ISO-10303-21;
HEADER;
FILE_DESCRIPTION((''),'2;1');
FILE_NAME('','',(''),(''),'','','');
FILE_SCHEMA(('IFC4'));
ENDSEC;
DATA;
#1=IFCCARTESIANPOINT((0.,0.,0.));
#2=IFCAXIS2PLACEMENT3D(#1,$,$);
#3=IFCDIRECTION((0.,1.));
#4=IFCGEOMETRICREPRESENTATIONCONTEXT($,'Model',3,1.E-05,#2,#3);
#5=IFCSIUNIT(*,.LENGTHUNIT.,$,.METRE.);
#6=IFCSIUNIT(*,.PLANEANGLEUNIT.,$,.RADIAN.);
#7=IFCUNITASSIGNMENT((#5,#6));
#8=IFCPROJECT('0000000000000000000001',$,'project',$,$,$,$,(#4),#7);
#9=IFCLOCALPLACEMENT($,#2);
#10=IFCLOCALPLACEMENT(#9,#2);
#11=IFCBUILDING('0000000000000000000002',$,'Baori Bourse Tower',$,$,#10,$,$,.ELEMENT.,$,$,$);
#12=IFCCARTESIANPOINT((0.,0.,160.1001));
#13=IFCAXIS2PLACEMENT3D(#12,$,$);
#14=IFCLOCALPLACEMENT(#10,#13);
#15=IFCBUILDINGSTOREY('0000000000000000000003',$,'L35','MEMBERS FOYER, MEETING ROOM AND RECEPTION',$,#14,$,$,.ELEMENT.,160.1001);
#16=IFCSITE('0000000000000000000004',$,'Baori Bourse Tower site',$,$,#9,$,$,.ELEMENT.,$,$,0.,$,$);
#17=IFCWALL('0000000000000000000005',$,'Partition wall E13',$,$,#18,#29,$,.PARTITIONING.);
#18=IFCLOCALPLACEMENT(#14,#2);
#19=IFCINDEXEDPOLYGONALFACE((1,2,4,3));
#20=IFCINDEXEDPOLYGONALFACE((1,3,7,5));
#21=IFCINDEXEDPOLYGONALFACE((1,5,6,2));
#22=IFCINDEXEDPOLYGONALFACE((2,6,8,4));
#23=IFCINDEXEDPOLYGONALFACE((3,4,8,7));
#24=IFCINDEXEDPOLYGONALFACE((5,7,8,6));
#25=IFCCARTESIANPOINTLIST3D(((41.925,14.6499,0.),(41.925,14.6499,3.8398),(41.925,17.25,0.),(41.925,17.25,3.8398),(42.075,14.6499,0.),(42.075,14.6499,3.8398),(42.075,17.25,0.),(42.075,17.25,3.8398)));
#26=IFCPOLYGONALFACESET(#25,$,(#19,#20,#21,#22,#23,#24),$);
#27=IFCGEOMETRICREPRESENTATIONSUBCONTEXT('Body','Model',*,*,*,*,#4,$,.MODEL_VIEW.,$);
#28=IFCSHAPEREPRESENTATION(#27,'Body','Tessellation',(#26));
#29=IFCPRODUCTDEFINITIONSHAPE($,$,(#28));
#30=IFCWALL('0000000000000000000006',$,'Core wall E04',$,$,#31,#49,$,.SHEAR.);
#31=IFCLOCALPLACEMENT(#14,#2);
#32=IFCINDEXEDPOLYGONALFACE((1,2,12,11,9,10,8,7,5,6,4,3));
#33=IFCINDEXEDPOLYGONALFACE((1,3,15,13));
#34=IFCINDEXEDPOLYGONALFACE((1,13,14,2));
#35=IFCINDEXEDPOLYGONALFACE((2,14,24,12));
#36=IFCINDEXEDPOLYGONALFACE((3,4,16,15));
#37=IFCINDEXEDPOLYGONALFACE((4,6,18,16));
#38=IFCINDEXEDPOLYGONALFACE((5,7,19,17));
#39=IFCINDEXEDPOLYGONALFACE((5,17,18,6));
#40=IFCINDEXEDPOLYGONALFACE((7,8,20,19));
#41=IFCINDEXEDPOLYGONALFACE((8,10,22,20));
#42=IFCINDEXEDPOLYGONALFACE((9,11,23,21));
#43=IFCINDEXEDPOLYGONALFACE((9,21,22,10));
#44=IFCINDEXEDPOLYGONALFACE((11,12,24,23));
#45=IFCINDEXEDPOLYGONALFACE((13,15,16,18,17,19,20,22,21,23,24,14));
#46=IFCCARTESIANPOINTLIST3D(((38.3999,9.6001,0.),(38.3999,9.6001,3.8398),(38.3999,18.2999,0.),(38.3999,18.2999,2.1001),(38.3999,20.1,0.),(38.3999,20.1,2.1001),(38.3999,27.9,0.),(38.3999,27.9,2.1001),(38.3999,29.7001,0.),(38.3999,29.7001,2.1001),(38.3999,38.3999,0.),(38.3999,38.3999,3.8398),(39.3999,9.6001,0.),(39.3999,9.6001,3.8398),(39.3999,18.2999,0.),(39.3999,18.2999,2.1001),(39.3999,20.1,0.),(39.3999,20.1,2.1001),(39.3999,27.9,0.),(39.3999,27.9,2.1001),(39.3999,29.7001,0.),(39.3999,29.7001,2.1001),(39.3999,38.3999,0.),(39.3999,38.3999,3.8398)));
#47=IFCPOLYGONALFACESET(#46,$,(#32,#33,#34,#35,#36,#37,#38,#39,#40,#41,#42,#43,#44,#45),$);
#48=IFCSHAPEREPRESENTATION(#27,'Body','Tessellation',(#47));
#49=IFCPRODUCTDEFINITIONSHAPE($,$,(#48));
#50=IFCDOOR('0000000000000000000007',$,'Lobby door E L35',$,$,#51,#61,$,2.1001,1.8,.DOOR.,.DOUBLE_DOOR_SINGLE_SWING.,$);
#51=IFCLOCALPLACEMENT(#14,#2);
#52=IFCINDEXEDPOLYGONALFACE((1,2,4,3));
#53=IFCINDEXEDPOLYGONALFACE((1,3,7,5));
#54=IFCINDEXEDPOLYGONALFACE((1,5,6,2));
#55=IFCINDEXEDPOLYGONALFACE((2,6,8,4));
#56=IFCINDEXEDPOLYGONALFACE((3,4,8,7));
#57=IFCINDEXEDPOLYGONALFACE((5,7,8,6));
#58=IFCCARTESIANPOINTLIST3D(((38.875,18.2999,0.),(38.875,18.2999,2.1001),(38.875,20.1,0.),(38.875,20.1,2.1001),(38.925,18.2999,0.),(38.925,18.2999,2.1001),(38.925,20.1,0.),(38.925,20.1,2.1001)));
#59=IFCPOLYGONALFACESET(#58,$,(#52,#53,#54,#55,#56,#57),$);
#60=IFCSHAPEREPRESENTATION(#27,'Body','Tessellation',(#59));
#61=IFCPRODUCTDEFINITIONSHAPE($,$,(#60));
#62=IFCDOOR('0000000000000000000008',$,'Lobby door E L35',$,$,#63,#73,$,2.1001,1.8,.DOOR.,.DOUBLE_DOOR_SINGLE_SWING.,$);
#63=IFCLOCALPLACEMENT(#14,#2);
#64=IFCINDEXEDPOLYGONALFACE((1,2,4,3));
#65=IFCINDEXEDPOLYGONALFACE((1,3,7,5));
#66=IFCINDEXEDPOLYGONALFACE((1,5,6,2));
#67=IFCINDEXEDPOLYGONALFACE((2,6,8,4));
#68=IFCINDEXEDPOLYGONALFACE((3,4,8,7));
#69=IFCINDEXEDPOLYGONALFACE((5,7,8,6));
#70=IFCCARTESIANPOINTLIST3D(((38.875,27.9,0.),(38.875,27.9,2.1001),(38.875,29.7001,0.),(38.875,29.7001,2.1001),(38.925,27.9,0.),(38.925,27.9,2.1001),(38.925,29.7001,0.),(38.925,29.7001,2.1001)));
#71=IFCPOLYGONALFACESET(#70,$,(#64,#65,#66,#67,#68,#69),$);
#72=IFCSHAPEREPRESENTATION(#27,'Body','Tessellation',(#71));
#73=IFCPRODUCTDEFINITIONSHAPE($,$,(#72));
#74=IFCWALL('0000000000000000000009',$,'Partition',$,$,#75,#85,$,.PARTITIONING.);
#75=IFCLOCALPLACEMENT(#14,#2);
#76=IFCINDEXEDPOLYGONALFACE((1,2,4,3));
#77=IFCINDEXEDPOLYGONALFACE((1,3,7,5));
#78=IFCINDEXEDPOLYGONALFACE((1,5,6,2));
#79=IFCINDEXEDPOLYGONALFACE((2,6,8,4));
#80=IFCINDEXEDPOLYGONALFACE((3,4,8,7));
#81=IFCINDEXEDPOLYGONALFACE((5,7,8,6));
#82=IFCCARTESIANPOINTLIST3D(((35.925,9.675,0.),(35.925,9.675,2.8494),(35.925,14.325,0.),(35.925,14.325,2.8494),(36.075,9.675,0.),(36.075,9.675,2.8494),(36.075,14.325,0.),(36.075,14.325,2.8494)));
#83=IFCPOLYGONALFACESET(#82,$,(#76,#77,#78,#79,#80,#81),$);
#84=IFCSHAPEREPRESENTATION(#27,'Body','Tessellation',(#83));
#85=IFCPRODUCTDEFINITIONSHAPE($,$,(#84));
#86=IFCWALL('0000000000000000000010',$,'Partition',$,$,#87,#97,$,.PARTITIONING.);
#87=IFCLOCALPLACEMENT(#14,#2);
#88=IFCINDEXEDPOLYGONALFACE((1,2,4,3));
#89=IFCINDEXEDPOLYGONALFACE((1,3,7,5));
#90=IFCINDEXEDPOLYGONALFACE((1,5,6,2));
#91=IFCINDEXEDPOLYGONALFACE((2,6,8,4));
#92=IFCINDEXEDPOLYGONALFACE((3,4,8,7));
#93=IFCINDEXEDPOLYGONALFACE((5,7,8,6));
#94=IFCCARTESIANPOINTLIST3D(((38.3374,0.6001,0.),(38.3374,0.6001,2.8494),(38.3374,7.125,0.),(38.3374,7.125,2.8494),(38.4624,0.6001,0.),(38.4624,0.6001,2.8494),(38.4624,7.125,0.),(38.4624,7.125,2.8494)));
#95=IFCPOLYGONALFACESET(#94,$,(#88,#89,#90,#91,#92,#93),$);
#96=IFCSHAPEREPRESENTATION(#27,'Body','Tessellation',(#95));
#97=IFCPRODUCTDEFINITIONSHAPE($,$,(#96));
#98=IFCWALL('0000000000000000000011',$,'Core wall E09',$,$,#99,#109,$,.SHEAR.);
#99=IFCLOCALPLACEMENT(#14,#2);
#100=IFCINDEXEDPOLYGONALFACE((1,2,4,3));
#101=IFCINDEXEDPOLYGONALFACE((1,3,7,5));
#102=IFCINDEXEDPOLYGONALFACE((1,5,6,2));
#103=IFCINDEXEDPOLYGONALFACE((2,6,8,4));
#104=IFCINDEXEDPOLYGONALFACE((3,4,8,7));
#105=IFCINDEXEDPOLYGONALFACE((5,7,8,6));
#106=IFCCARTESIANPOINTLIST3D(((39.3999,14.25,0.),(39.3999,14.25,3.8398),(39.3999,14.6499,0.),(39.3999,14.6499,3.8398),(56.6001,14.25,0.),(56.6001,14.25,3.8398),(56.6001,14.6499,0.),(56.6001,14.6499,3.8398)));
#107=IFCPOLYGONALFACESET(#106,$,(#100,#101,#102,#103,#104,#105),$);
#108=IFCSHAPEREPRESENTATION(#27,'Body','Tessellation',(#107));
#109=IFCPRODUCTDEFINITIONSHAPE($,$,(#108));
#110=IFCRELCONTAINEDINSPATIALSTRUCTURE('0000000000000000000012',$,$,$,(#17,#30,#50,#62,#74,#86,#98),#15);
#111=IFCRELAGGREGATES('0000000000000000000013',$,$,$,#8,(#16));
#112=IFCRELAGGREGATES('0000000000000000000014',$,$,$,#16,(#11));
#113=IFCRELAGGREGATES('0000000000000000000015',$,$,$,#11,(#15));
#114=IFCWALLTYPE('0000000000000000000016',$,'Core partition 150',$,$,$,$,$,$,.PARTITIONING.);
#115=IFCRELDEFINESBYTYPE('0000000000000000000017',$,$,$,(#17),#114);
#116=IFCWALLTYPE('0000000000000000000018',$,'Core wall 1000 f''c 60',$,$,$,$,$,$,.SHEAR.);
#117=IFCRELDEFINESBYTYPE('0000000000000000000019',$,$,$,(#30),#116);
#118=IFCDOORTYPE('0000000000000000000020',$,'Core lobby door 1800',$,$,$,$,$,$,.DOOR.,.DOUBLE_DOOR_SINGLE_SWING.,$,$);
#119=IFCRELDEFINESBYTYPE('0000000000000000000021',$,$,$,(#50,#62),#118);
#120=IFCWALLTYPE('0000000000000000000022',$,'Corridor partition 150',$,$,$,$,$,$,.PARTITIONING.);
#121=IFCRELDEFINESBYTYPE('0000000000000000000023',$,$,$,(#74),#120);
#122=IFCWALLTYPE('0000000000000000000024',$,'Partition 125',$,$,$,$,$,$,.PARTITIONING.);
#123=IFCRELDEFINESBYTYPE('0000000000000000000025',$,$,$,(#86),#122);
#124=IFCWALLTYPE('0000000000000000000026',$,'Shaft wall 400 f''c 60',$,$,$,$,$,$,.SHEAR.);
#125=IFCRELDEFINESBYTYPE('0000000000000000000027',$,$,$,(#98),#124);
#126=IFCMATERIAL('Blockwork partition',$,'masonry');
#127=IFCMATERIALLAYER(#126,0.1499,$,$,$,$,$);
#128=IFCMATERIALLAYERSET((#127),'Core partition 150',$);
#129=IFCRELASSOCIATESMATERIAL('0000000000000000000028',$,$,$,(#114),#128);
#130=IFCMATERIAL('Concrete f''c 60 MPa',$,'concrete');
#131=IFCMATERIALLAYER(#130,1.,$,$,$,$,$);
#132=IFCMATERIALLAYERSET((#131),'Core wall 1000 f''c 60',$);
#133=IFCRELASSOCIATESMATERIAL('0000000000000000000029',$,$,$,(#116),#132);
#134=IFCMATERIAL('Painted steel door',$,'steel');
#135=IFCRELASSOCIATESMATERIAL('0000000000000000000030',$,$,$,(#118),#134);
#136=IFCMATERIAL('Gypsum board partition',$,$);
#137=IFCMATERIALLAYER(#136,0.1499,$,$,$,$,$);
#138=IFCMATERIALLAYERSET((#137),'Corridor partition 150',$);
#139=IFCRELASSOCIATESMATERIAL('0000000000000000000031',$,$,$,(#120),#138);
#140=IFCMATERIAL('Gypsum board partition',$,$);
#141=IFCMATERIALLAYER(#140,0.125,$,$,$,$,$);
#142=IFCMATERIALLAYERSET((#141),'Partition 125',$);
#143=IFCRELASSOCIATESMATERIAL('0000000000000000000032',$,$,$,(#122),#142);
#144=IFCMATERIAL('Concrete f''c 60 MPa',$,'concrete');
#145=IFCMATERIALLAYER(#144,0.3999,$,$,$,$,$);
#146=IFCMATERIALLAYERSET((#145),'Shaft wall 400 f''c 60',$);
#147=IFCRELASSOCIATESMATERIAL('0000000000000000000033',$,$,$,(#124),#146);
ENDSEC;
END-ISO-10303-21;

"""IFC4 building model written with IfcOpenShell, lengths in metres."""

from ifc_helpers import new_model, si_unit, direction, frame, frame_2d, origin, place, context, subcontext, project, spatial, rectangle, extrude, material, layer, layer_set, type_object, element, fill, save


model = new_model("IFC4")

# Units and contexts
model_context = context("Model", 3, precision=1e-05, world=origin(), true_north=direction((0.0, 1.0)))
body_context = subcontext(model_context, "Body", "Model", "MODEL_VIEW")
ifc_project = project(units=[si_unit("LENGTHUNIT", "METRE"), si_unit("PLANEANGLEUNIT", "RADIAN")], contexts=[model_context])

# Site, building, storey
site_placement = place(None, origin())
site = spatial("IfcSite", under=ifc_project, at=site_placement, Name="Baori Bourse Tower site", CompositionType="ELEMENT", RefElevation=0.0)
building_placement = place(site_placement, origin())
building = spatial("IfcBuilding", under=site, at=building_placement, Name="Baori Bourse Tower", CompositionType="ELEMENT")
storey_placement = place(building_placement, frame((0.0, 0.0, 160.1001)))
storey = spatial("IfcBuildingStorey", under=building, at=storey_placement, Name="L35", Description="MEMBERS FOYER, MEETING ROOM AND RECEPTION", CompositionType="ELEMENT", Elevation=160.1001)

# Wall
ifc_material_1 = material(Name="Blockwork partition", Category="masonry")
ifc_layer_1 = layer(ifc_material_1, 0.1499)
ifc_layer_set_1 = layer_set([ifc_layer_1], Name="Core partition 150")
wall_type_1 = type_object("IfcWallType", Name="Core partition 150", PredefinedType="PARTITIONING", material=ifc_layer_set_1)
wall_1_placement = place(storey_placement, frame((42.0, 14.6499, 0.0), z_axis=(0.0, 0.0, 1.0), x_axis=(0.0, 1.0, 0.0)))
element("IfcWall", 1, at=wall_1_placement, inside=storey, type_object=wall_type_1, Name="Partition wall E13", PredefinedType="PARTITIONING", context=body_context, shape_type="SweptSolid", body=[
    extrude(rectangle(XDim=2.6001, YDim=0.1499, at=frame_2d((1.3, 0.0))), origin(), (0.0, 0.0, 1.0), 3.8398),
])

# Wall, openings, doors
ifc_material_2 = material(Name="Concrete f'c 60 MPa", Category="concrete")
ifc_layer_2 = layer(ifc_material_2, 1.0)
ifc_layer_set_2 = layer_set([ifc_layer_2], Name="Core wall 1000 f'c 60")
wall_type_2 = type_object("IfcWallType", Name="Core wall 1000 f'c 60", PredefinedType="SHEAR", material=ifc_layer_set_2)
wall_2_placement = place(storey_placement, frame((38.8999, 9.6001, 0.0), z_axis=(0.0, 0.0, 1.0), x_axis=(0.0, 1.0, 0.0)))
wall_2 = element("IfcWall", 2, at=wall_2_placement, inside=storey, type_object=wall_type_2, Name="Core wall E04", PredefinedType="SHEAR", context=body_context, shape_type="SweptSolid", body=[
    extrude(rectangle(XDim=28.7998, YDim=1.0, at=frame_2d((14.3999, 0.0))), origin(), (0.0, 0.0, 1.0), 3.8398),
])
opening_1_placement = place(wall_2_placement, frame((8.7, 0.0, 0.0)))
opening_1 = element("IfcOpeningElement", 3, at=opening_1_placement, cuts=wall_2, PredefinedType="OPENING", context=body_context, shape_type="SweptSolid", body=[
    extrude(rectangle(XDim=1.8, YDim=2.1001, at=frame_2d((0.8999, 1.05))), frame((0.0, 0.51, 0.0), z_axis=(0.0, -1.0, 0.0), x_axis=(1.0, 0.0, 0.0)), (0.0, 0.0, 1.0), 1.02),
])
opening_2_placement = place(wall_2_placement, frame((18.3, 0.0, 0.0)))
opening_2 = element("IfcOpeningElement", 4, at=opening_2_placement, cuts=wall_2, PredefinedType="OPENING", context=body_context, shape_type="SweptSolid", body=[
    extrude(rectangle(XDim=1.8, YDim=2.1001, at=frame_2d((0.8999, 1.05))), frame((0.0, 0.51, 0.0), z_axis=(0.0, -1.0, 0.0), x_axis=(1.0, 0.0, 0.0)), (0.0, 0.0, 1.0), 1.02),
])
ifc_material_3 = material(Name="Painted steel door", Category="steel")
door_type_1 = type_object("IfcDoorType", Name="Core lobby door 1800", OperationType="DOUBLE_DOOR_SINGLE_SWING", PredefinedType="DOOR", material=ifc_material_3)
door_1_placement = place(opening_1_placement, origin())
door_1 = element("IfcDoor", 5, at=door_1_placement, inside=storey, type_object=door_type_1, Name="Lobby door E L35", OperationType="DOUBLE_DOOR_SINGLE_SWING", OverallHeight=2.1001, OverallWidth=1.8, PredefinedType="DOOR", context=body_context, shape_type="SweptSolid", body=[
    extrude(rectangle(XDim=1.8, YDim=2.1001, at=frame_2d((0.8999, 1.05))), frame((0.0, 0.0249, 0.0), z_axis=(0.0, -1.0, 0.0), x_axis=(1.0, 0.0, 0.0)), (0.0, 0.0, 1.0), 0.05),
])
fill(opening_1, door_1)
door_2_placement = place(opening_2_placement, origin())
door_2 = element("IfcDoor", 6, at=door_2_placement, inside=storey, type_object=door_type_1, Name="Lobby door E L35", OperationType="DOUBLE_DOOR_SINGLE_SWING", OverallHeight=2.1001, OverallWidth=1.8, PredefinedType="DOOR", context=body_context, shape_type="SweptSolid", body=[
    extrude(rectangle(XDim=1.8, YDim=2.1001, at=frame_2d((0.8999, 1.05))), frame((0.0, 0.0249, 0.0), z_axis=(0.0, -1.0, 0.0), x_axis=(1.0, 0.0, 0.0)), (0.0, 0.0, 1.0), 0.05),
])
fill(opening_2, door_2)

# Walls
ifc_material_4 = material(Name="Gypsum board partition")
ifc_layer_3 = layer(ifc_material_4, 0.1499)
ifc_layer_set_3 = layer_set([ifc_layer_3], Name="Corridor partition 150")
wall_type_3 = type_object("IfcWallType", Name="Corridor partition 150", PredefinedType="PARTITIONING", material=ifc_layer_set_3)
wall_3_placement = place(storey_placement, frame((36.0, 9.675, 0.0), z_axis=(0.0, 0.0, 1.0), x_axis=(0.0, 1.0, 0.0)))
element("IfcWall", 7, at=wall_3_placement, inside=storey, type_object=wall_type_3, Name="Partition", PredefinedType="PARTITIONING", context=body_context, shape_type="SweptSolid", body=[
    extrude(rectangle(XDim=4.6499, YDim=0.1499, at=frame_2d((2.325, 0.0))), origin(), (0.0, 0.0, 1.0), 2.8494),
])
ifc_material_5 = material(Name="Gypsum board partition")
ifc_layer_4 = layer(ifc_material_5, 0.125)
ifc_layer_set_4 = layer_set([ifc_layer_4], Name="Partition 125")
wall_type_4 = type_object("IfcWallType", Name="Partition 125", PredefinedType="PARTITIONING", material=ifc_layer_set_4)
wall_4_placement = place(storey_placement, frame((38.3999, 0.6001, 0.0), z_axis=(0.0, 0.0, 1.0), x_axis=(0.0, 1.0, 0.0)))
element("IfcWall", 8, at=wall_4_placement, inside=storey, type_object=wall_type_4, Name="Partition", PredefinedType="PARTITIONING", context=body_context, shape_type="SweptSolid", body=[
    extrude(rectangle(XDim=6.5249, YDim=0.125, at=frame_2d((3.2625, 0.0))), origin(), (0.0, 0.0, 1.0), 2.8494),
])
ifc_material_6 = material(Name="Concrete f'c 60 MPa", Category="concrete")
ifc_layer_5 = layer(ifc_material_6, 0.3999)
ifc_layer_set_5 = layer_set([ifc_layer_5], Name="Shaft wall 400 f'c 60")
wall_type_5 = type_object("IfcWallType", Name="Shaft wall 400 f'c 60", PredefinedType="SHEAR", material=ifc_layer_set_5)
wall_5_placement = place(storey_placement, frame((39.3999, 14.45, 0.0), z_axis=(0.0, 0.0, 1.0), x_axis=(1.0, 0.0, 0.0)))
element("IfcWall", 9, at=wall_5_placement, inside=storey, type_object=wall_type_5, Name="Core wall E09", PredefinedType="SHEAR", context=body_context, shape_type="SweptSolid", body=[
    extrude(rectangle(XDim=17.2002, YDim=0.3999, at=frame_2d((8.6001, 0.0))), origin(), (0.0, 0.0, 1.0), 3.8398),
])

save(model, "model.ifc")
